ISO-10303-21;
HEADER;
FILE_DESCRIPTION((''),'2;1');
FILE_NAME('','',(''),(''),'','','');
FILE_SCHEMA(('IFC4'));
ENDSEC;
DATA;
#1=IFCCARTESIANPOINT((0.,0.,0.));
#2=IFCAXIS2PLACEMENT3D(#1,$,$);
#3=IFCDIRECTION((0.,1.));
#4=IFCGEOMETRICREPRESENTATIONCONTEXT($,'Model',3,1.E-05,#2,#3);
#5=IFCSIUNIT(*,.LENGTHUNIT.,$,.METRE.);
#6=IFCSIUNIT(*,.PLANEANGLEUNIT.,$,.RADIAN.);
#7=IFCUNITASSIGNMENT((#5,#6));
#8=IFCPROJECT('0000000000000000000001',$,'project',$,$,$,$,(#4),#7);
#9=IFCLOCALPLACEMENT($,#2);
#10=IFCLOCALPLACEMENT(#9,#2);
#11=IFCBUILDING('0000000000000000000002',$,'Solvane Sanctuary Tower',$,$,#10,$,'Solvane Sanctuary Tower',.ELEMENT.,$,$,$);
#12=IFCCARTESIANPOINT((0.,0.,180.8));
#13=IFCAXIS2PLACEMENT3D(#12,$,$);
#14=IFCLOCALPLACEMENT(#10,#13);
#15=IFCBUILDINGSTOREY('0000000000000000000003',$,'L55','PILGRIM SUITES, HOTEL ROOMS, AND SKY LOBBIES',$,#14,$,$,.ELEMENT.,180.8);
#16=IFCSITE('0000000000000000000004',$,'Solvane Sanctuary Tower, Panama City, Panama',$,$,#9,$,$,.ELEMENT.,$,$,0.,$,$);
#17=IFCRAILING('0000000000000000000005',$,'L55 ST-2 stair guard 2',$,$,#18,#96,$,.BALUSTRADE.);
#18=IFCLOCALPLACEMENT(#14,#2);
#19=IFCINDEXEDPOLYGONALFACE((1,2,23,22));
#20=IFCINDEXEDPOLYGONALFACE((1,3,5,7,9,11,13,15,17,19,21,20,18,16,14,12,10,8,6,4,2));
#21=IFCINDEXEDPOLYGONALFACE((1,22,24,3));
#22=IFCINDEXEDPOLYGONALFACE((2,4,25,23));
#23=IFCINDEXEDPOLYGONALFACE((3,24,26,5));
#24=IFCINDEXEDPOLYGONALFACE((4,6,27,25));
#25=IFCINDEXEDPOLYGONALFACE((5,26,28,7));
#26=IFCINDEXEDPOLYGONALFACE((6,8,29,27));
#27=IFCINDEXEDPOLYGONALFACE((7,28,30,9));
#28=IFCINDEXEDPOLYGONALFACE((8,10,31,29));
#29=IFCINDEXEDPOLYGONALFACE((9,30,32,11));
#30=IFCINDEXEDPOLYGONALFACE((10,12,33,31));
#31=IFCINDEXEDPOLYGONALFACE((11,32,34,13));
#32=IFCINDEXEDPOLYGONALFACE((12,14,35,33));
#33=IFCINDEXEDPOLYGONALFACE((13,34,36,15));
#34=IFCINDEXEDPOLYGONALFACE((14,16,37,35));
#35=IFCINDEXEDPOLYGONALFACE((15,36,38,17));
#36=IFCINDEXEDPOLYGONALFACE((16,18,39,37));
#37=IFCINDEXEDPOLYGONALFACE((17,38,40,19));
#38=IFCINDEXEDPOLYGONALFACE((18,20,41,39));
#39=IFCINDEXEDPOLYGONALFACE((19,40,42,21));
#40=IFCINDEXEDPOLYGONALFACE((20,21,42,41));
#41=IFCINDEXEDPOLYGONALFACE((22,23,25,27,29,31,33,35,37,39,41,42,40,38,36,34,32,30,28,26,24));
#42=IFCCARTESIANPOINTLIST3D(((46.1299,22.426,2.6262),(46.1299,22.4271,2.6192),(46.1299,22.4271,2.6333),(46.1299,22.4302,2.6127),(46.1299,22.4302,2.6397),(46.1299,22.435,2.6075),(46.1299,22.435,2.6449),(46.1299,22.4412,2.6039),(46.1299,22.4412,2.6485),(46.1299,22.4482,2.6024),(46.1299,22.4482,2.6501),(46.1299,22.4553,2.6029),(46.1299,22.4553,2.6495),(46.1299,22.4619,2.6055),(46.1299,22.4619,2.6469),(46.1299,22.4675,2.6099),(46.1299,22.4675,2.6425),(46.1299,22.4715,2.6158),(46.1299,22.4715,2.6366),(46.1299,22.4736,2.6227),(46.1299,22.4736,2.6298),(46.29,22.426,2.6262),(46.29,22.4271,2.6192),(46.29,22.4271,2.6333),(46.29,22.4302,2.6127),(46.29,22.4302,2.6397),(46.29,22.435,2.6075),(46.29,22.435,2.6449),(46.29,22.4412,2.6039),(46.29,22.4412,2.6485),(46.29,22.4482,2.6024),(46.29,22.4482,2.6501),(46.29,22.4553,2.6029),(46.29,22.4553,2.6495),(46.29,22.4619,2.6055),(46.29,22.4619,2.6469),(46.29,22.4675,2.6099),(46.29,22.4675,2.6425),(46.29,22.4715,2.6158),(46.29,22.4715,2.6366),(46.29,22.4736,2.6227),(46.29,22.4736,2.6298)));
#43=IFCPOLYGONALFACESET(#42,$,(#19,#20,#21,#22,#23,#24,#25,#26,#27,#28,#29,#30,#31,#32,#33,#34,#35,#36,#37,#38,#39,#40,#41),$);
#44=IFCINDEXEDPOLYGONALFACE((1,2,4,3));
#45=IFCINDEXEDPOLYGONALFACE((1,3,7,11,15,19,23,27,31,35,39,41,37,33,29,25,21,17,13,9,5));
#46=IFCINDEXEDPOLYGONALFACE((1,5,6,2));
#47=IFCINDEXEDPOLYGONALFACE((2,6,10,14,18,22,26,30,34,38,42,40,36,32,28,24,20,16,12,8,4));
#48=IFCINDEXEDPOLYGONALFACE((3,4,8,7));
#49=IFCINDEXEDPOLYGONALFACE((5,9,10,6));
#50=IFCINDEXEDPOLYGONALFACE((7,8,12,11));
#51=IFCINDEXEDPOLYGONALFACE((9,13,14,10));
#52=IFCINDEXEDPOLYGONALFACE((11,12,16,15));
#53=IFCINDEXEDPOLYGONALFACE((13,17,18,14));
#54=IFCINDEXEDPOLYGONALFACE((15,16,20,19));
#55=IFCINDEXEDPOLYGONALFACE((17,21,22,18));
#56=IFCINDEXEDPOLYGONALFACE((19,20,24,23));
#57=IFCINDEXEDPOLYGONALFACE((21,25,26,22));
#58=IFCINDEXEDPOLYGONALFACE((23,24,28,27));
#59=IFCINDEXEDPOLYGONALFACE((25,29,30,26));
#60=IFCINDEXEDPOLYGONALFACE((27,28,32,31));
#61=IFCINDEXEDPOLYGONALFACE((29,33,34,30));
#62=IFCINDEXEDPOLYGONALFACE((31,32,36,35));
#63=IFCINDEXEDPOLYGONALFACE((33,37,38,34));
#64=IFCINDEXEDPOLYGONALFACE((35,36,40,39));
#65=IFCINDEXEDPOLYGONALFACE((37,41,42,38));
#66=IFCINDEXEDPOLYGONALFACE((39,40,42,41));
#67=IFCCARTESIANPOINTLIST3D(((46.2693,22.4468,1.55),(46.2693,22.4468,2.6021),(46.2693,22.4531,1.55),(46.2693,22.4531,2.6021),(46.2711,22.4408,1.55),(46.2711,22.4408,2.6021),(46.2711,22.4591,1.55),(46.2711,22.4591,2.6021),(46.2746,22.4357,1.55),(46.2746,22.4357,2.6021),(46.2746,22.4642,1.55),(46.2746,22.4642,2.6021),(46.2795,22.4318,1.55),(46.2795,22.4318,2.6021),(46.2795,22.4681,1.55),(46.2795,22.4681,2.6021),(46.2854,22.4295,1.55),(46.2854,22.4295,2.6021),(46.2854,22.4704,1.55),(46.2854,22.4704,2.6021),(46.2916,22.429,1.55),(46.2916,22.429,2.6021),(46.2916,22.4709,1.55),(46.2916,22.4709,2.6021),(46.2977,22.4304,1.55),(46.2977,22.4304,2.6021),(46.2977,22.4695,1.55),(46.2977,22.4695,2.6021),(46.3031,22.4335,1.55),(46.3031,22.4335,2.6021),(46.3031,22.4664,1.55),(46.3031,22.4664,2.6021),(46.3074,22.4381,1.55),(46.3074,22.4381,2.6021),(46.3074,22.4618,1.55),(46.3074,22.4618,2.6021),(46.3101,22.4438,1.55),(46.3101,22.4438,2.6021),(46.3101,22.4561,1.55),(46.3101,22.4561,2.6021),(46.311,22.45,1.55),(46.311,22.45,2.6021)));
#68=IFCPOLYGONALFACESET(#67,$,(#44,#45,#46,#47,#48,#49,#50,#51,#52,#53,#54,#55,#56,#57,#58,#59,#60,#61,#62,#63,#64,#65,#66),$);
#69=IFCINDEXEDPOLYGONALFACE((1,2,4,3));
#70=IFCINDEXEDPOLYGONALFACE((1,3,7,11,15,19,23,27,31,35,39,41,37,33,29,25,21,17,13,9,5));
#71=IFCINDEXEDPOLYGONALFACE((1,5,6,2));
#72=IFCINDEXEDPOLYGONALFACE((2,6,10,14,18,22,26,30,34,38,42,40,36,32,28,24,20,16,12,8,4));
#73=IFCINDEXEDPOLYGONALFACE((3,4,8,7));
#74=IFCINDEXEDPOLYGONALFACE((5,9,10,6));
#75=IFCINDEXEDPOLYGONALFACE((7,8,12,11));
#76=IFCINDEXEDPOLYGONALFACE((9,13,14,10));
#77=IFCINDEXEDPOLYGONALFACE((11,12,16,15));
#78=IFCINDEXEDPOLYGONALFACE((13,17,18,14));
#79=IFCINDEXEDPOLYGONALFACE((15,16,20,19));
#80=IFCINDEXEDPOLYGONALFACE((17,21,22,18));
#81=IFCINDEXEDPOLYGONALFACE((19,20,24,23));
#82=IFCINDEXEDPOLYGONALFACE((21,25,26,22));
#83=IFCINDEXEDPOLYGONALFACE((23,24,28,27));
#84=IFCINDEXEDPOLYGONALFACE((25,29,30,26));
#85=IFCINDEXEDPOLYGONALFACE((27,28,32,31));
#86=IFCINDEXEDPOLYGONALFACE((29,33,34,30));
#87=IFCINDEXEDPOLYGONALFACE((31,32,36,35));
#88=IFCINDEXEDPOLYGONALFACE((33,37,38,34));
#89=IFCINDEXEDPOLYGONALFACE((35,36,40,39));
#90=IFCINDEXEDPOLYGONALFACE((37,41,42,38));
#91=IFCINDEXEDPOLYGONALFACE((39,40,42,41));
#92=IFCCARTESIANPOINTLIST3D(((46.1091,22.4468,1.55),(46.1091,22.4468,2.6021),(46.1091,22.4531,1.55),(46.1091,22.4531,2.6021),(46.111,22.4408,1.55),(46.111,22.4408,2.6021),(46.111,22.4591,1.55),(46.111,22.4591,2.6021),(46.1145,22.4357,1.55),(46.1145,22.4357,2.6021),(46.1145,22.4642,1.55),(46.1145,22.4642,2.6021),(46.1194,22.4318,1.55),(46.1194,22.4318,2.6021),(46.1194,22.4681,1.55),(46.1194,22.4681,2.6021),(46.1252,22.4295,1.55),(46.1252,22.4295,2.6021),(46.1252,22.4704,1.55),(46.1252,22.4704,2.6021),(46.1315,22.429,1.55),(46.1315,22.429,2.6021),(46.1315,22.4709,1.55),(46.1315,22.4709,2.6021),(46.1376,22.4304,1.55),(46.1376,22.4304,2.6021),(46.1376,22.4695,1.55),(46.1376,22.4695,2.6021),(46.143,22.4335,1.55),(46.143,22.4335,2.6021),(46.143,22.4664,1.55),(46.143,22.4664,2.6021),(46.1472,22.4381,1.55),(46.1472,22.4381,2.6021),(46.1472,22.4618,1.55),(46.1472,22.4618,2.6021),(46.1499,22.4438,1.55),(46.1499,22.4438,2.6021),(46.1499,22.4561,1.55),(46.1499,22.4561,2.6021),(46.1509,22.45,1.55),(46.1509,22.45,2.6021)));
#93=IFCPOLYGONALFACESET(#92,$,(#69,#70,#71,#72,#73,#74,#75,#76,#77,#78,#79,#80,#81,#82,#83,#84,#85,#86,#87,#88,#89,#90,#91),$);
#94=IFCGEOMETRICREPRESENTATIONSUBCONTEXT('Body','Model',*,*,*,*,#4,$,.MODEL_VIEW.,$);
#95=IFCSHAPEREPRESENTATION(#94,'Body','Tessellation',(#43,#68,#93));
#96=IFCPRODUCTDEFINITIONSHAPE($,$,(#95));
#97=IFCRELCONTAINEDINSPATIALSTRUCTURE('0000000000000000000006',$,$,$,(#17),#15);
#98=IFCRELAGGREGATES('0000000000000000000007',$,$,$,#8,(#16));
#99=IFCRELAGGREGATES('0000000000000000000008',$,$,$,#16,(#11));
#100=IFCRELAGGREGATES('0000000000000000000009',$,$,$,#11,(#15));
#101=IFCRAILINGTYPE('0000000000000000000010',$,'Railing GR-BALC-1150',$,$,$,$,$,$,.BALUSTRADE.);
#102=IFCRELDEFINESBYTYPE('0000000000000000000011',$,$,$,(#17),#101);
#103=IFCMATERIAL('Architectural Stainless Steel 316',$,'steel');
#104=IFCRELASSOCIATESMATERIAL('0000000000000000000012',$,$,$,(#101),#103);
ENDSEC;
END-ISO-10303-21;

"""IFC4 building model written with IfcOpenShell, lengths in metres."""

from ifc_helpers import new_model, si_unit, direction, frame, origin, origin_2d, place, context, subcontext, project, spatial, circle, extrude, material, type_object, element, save


model = new_model("IFC4")

# Units and contexts
model_context = context("Model", 3, precision=1e-05, world=origin(), true_north=direction((0.0, 1.0)))
body_context = subcontext(model_context, "Body", "Model", "MODEL_VIEW")
ifc_project = project(units=[si_unit("LENGTHUNIT", "METRE"), si_unit("PLANEANGLEUNIT", "RADIAN")], contexts=[model_context])

# Site, building, storey
site_placement = place(None, origin())
site = spatial("IfcSite", under=ifc_project, at=site_placement, Name="Solvane Sanctuary Tower, Panama City, Panama", CompositionType="ELEMENT", RefElevation=0.0)
building_placement = place(site_placement, origin())
building = spatial("IfcBuilding", under=site, at=building_placement, Name="Solvane Sanctuary Tower", LongName="Solvane Sanctuary Tower", CompositionType="ELEMENT")
storey_placement = place(building_placement, frame((0.0, 0.0, 180.8)))
storey = spatial("IfcBuildingStorey", under=building, at=storey_placement, Name="L55", Description="PILGRIM SUITES, HOTEL ROOMS, AND SKY LOBBIES", CompositionType="ELEMENT", Elevation=180.8)

# Shared definitions
ifc_material_1 = material(Name="Architectural Stainless Steel 316", Category="steel")

# Railing
railing_type = type_object("IfcRailingType", Name="Railing GR-BALC-1150", PredefinedType="BALUSTRADE", material=ifc_material_1)
railing_1_placement = place(storey_placement, frame((46.29, 22.45, 1.55)))
element("IfcRailing", 1, at=railing_1_placement, inside=storey, type_object=railing_type, Name="L55 ST-2 stair guard 2", PredefinedType="BALUSTRADE", context=body_context, shape_type="SweptSolid", body=[
    extrude(circle(Radius=0.0239, at=origin_2d()), frame((0.0, 0.0, 1.0762), z_axis=(-1.0, 0.0, 0.0), x_axis=(0.0, -1.0, 0.0)), (0.0, 0.0, 1.0), 0.1602),
    extrude(circle(Radius=0.021, at=origin_2d()), origin(), (0.0, 0.0, 1.0), 1.052),
    extrude(circle(Radius=0.021, at=origin_2d()), frame((-0.1602, 0.0, 0.0)), (0.0, 0.0, 1.0), 1.052),
])

save(model, "model.ifc")
